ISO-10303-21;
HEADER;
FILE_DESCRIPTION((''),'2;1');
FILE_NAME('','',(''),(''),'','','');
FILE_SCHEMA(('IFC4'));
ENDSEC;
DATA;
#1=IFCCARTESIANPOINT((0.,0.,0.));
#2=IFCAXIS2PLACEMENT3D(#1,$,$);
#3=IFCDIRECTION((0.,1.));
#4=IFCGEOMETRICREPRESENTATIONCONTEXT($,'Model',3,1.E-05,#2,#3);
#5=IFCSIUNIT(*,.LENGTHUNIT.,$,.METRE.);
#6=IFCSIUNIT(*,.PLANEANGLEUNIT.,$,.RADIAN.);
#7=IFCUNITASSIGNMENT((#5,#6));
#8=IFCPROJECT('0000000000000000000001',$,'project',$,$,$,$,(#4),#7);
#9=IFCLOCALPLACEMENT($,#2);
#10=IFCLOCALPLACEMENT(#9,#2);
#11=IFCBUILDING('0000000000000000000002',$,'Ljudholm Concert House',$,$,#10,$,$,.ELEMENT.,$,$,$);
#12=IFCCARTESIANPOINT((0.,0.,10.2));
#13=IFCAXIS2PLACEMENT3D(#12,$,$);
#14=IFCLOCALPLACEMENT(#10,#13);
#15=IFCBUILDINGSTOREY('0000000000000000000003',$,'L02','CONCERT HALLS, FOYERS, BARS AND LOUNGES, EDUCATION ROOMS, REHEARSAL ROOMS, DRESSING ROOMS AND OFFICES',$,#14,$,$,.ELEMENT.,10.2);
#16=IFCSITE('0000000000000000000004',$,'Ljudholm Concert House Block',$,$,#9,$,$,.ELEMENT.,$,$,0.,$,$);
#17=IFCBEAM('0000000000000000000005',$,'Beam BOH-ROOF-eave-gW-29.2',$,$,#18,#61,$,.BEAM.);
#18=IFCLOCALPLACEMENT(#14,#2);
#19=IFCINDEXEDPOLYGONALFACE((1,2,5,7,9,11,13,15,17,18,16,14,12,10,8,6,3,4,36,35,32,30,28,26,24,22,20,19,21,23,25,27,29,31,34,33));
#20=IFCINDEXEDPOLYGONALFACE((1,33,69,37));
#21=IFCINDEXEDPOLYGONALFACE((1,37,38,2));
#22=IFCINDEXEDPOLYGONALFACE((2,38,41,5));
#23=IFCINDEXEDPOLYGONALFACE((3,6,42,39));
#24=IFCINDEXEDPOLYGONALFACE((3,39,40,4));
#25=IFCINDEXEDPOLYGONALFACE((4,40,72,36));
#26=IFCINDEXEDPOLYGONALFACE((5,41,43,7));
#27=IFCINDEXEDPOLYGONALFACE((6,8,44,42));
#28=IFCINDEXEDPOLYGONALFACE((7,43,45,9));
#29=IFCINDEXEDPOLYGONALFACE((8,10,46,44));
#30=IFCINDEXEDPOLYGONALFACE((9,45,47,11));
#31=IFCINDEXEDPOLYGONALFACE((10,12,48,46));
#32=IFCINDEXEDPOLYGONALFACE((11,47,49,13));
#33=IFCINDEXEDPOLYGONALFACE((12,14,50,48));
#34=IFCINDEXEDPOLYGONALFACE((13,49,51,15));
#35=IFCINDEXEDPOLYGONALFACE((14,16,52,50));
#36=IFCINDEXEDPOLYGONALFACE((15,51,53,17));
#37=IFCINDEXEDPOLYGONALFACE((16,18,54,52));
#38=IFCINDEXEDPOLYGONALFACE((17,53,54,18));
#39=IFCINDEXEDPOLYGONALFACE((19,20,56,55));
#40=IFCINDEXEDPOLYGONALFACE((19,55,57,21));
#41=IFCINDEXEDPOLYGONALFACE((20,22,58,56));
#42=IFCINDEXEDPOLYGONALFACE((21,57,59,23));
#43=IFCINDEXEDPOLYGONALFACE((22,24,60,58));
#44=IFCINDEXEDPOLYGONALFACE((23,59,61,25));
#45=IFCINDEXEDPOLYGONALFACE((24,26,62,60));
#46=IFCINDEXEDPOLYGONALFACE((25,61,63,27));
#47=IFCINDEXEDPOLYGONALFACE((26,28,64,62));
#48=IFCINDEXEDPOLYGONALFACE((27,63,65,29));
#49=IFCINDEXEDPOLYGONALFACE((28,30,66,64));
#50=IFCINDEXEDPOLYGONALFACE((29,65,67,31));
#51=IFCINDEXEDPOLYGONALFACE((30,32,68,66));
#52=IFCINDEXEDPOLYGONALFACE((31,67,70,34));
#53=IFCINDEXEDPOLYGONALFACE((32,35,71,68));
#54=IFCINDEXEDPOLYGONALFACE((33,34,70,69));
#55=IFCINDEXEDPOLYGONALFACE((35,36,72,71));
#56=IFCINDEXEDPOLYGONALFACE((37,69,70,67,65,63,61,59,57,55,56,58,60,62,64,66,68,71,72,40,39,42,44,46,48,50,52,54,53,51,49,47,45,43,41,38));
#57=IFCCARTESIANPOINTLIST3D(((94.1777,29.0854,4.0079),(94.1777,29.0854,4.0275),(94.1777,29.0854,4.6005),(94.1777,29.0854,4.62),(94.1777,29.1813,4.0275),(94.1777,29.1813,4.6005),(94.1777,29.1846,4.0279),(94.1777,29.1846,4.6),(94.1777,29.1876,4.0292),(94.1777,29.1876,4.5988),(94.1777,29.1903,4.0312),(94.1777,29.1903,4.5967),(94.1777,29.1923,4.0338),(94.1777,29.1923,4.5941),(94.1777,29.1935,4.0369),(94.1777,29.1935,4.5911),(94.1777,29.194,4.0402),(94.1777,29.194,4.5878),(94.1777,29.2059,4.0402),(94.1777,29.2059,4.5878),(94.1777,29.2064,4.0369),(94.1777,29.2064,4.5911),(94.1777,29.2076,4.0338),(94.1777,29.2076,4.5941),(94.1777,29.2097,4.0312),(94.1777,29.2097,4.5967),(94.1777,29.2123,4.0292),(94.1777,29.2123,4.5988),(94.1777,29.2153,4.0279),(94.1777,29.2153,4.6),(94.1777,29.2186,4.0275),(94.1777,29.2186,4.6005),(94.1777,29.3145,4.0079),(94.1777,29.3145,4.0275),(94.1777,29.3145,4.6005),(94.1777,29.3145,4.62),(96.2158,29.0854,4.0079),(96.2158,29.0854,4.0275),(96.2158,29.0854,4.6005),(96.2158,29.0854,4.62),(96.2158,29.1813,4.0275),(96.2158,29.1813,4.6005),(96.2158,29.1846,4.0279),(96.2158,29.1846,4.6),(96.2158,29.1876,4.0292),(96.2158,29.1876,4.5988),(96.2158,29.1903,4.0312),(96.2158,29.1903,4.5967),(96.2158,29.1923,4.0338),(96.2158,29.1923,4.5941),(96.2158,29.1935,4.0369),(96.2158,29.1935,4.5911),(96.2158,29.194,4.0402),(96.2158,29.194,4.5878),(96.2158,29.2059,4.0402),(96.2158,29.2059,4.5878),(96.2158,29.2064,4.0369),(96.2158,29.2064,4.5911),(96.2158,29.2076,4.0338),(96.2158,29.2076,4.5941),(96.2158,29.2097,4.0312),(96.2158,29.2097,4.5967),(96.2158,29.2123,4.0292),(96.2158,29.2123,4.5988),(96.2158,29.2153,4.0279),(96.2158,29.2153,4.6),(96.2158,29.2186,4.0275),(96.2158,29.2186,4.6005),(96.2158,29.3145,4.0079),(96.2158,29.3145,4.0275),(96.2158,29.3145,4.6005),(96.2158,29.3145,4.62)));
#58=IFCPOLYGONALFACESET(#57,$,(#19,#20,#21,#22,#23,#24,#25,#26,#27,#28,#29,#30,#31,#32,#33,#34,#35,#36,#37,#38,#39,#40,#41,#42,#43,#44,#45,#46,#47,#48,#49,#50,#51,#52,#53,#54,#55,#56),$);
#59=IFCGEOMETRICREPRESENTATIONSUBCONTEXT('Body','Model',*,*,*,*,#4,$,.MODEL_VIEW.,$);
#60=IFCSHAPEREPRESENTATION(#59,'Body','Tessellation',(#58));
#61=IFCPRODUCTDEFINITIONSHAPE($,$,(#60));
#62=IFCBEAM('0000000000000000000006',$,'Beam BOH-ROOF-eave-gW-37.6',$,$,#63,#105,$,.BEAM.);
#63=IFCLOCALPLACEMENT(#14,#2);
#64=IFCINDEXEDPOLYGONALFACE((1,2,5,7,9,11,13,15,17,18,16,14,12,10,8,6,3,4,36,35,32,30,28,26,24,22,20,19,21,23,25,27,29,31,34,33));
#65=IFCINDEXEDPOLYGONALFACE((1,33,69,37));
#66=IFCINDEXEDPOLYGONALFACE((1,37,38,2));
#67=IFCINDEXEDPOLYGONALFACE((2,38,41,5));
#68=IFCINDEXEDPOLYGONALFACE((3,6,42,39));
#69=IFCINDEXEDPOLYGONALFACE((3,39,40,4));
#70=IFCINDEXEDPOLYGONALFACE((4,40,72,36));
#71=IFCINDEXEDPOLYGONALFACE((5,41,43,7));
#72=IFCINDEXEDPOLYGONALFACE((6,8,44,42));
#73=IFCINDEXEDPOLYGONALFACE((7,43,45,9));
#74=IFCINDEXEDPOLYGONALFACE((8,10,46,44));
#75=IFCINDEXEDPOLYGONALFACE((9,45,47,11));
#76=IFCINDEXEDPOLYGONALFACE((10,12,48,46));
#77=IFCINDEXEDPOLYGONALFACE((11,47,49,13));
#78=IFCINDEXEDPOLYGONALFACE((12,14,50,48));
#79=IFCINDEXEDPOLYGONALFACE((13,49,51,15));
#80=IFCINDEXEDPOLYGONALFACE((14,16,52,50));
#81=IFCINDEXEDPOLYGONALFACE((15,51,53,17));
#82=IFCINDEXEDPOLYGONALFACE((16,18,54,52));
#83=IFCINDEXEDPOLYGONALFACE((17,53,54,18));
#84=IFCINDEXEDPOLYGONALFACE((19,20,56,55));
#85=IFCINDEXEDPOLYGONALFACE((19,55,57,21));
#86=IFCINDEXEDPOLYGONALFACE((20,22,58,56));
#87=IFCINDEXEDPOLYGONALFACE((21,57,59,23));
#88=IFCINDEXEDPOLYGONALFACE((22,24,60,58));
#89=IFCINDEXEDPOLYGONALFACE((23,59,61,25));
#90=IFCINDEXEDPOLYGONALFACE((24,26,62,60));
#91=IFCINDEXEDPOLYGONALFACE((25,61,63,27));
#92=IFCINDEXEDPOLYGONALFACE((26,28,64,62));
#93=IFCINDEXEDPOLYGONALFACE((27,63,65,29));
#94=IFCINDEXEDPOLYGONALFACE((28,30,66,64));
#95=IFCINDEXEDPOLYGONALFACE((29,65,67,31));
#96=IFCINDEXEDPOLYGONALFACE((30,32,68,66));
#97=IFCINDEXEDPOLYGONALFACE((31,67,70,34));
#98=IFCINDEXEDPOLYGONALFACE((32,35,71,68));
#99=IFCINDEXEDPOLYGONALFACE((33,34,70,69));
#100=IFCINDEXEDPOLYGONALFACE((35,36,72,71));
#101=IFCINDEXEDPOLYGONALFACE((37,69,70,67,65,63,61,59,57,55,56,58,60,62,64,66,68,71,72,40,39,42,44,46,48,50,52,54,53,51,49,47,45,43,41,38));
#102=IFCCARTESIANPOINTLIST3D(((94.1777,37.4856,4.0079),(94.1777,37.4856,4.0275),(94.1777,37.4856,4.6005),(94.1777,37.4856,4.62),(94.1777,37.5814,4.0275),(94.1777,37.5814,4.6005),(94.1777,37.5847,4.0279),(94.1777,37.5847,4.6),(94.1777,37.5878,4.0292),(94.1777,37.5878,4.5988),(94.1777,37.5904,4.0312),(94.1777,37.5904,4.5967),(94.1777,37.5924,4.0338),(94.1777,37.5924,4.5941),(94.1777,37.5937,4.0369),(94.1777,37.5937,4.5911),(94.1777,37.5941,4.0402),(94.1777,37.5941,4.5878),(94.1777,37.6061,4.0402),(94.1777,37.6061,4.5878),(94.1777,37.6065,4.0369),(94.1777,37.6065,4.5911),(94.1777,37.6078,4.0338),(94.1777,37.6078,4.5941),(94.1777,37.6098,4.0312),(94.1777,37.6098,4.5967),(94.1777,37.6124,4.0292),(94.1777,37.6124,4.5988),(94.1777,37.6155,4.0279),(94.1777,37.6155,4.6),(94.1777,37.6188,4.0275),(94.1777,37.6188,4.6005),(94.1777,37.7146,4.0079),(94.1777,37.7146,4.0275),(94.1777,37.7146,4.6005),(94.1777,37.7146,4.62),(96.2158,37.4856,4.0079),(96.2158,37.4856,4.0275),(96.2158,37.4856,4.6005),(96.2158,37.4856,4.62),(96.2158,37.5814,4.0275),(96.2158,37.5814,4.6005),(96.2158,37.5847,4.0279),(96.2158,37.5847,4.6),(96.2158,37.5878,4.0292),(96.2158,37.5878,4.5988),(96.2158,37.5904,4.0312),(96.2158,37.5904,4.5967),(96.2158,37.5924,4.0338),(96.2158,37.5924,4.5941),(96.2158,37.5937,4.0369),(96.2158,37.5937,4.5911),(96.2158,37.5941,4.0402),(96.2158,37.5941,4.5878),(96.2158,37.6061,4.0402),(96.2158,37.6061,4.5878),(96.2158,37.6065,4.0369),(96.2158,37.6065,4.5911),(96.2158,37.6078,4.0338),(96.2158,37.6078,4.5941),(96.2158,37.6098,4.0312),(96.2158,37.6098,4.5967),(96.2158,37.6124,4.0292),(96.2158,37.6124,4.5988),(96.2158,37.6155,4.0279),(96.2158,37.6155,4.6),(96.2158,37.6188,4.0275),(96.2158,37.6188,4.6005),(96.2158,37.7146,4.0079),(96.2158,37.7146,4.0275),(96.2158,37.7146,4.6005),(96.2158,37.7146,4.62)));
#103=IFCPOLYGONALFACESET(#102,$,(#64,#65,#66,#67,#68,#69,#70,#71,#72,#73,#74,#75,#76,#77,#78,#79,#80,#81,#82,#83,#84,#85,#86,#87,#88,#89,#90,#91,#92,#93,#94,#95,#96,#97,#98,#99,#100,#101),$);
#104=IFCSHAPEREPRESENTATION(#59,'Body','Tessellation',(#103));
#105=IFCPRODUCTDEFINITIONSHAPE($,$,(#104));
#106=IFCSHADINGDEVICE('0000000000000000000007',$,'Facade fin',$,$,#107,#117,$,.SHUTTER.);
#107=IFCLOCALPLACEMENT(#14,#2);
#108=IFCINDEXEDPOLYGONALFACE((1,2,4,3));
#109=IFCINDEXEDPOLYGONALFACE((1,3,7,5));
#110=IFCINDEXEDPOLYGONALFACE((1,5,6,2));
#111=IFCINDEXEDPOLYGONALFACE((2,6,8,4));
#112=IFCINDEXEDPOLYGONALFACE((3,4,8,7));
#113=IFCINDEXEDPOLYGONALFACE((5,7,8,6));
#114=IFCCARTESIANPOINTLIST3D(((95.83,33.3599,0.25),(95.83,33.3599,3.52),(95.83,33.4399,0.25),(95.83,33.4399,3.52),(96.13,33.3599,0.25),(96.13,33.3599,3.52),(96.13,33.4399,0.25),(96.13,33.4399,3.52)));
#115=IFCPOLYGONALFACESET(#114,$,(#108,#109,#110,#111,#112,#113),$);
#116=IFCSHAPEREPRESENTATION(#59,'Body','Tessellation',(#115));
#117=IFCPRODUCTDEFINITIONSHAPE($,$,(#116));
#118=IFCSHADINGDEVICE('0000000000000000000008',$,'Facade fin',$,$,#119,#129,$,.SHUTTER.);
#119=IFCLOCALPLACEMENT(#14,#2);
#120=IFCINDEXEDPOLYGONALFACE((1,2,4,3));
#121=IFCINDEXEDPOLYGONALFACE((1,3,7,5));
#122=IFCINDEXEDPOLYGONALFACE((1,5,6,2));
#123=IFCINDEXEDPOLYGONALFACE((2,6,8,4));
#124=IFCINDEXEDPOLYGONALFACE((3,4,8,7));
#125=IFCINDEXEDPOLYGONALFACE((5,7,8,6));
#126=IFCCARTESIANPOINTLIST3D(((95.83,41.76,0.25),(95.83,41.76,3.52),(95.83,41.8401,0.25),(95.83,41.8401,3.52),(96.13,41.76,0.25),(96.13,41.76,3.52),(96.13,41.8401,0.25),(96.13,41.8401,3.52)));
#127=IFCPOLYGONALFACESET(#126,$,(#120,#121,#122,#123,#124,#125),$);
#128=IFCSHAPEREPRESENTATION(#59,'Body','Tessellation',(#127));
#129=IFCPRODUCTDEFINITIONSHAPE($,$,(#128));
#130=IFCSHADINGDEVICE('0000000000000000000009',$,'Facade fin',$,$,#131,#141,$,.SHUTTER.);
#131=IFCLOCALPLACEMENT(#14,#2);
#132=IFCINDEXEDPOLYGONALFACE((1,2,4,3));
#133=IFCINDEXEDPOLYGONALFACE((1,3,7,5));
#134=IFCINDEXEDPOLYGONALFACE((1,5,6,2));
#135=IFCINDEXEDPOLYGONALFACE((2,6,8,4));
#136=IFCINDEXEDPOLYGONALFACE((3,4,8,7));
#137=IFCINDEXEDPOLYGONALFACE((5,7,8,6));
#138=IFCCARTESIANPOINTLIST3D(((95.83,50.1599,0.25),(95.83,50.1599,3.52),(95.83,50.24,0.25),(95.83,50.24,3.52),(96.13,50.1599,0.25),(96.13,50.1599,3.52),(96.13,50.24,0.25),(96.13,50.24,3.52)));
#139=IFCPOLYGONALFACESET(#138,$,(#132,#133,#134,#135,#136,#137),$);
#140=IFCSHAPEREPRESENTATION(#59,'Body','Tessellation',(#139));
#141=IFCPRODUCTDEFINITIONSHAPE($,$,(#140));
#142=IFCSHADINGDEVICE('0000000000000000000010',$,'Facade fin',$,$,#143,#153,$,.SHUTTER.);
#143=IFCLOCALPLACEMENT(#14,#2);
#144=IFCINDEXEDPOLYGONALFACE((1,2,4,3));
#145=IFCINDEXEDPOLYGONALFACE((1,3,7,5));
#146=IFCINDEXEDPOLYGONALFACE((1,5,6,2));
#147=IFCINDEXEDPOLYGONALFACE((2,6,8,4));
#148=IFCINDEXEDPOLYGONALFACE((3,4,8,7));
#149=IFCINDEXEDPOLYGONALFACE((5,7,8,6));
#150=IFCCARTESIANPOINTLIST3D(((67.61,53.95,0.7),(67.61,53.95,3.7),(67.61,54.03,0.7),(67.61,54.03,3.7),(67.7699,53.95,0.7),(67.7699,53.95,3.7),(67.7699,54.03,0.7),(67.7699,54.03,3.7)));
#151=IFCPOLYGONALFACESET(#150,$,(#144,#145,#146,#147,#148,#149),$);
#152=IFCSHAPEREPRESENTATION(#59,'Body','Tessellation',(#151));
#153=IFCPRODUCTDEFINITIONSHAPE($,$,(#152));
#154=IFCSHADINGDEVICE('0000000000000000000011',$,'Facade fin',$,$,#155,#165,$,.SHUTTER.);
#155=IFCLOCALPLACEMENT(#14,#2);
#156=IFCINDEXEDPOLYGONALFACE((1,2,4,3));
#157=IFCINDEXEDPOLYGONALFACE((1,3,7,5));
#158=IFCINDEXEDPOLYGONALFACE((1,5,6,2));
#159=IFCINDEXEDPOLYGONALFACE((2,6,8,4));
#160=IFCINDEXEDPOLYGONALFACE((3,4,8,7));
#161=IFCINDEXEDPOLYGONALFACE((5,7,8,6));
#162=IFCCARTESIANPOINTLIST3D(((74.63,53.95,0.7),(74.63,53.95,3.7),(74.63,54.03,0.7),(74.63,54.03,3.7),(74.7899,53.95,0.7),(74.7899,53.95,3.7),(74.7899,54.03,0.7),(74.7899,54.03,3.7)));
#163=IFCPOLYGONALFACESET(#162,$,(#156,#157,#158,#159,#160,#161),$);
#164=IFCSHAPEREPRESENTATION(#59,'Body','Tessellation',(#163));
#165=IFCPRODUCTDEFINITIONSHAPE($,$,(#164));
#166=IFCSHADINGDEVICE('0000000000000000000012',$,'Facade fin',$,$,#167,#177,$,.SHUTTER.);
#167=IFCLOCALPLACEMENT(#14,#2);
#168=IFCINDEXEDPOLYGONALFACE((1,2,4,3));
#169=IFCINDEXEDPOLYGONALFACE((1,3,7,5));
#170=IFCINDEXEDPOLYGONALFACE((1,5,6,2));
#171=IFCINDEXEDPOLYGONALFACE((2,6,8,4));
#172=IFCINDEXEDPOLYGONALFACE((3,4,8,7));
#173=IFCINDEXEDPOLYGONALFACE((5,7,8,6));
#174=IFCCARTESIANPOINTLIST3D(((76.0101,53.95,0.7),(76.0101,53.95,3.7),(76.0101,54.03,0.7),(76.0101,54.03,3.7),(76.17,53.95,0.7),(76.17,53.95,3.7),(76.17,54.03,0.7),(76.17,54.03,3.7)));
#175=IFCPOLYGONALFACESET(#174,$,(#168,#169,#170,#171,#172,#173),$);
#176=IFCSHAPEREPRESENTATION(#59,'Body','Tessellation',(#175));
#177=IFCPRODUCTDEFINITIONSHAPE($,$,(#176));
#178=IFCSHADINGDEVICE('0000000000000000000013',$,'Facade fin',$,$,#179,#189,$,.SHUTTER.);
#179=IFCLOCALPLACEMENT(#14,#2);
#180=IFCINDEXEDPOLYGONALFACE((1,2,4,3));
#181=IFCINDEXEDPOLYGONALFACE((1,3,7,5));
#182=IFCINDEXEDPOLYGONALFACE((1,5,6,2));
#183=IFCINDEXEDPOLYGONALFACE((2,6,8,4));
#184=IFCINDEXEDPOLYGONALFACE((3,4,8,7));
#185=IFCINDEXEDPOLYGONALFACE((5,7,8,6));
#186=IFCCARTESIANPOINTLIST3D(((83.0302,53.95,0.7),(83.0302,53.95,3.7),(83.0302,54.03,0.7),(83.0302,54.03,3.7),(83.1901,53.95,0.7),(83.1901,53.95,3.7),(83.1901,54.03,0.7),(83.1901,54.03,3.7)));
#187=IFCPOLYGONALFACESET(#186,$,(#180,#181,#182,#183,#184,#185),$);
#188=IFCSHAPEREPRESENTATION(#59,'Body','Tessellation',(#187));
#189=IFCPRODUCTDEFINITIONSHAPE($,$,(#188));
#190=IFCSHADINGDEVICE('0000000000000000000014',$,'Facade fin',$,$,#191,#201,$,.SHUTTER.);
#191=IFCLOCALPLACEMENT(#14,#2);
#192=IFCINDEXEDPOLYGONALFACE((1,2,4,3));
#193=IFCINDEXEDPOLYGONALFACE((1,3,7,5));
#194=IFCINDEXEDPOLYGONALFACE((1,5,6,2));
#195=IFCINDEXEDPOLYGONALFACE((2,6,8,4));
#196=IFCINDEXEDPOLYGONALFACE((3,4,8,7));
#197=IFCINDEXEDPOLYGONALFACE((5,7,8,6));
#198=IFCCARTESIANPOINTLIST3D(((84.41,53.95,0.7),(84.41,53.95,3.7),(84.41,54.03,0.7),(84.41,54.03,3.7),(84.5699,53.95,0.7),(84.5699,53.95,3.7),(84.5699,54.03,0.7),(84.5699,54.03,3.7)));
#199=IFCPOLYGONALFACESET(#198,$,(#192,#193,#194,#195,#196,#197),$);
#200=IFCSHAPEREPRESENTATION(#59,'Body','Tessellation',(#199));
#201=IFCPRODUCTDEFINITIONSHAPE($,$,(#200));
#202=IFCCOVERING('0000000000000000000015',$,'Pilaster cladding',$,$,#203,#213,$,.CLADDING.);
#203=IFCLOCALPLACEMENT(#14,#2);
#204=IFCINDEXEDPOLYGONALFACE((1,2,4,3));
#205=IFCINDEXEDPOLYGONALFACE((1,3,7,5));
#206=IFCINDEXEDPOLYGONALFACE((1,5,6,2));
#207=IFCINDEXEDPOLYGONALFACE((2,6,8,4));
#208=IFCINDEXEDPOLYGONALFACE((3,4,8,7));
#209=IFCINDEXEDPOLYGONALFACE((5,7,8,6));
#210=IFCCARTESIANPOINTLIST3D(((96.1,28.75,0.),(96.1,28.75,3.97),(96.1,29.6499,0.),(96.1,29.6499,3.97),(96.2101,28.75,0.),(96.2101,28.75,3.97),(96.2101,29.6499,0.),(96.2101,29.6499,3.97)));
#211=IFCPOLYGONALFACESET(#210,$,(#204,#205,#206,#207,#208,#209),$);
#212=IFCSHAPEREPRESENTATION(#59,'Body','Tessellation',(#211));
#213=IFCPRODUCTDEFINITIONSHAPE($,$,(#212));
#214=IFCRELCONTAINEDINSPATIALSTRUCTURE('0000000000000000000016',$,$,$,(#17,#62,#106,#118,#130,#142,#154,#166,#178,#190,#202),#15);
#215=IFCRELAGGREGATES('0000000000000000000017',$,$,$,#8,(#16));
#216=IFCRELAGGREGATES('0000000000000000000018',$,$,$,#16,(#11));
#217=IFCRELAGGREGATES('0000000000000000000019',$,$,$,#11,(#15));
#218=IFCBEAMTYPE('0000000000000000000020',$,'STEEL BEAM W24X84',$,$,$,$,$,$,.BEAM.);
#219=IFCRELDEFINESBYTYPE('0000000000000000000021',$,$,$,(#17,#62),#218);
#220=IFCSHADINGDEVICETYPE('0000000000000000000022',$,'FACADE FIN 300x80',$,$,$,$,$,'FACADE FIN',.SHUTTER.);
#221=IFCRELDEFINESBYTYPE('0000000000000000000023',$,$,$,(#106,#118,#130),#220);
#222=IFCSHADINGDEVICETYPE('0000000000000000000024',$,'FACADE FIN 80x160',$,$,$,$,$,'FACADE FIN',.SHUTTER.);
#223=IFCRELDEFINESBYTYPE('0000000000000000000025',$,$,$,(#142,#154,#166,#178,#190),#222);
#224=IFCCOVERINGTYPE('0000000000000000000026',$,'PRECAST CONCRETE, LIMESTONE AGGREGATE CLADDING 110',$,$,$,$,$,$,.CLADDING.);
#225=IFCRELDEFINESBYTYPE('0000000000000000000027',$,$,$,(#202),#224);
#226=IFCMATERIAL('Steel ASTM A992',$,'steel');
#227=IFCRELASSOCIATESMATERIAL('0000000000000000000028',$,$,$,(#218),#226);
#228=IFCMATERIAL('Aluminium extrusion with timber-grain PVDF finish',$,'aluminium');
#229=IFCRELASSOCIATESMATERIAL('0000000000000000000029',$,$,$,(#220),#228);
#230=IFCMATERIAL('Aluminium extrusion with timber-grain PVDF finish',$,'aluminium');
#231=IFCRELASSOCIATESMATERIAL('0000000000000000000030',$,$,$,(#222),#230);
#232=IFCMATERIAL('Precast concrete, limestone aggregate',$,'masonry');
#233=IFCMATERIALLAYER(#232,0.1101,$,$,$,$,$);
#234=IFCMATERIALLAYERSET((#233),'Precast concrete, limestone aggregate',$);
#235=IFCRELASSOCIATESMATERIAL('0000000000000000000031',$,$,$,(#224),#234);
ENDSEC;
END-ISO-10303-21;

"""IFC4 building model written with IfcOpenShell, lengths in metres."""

from ifc_helpers import new_model, si_unit, direction, frame, origin, origin_2d, place, context, subcontext, project, spatial, rectangle, i_section, extrude, material, layer, layer_set, material_profile, profile_set, type_object, element, save


model = new_model("IFC4")

# Units and contexts
model_context = context("Model", 3, precision=1e-05, world=origin(), true_north=direction((0.0, 1.0)))
body_context = subcontext(model_context, "Body", "Model", "MODEL_VIEW")
ifc_project = project(units=[si_unit("LENGTHUNIT", "METRE"), si_unit("PLANEANGLEUNIT", "RADIAN")], contexts=[model_context])

# Site, building, storey
site_placement = place(None, origin())
site = spatial("IfcSite", under=ifc_project, at=site_placement, Name="Ljudholm Concert House Block", CompositionType="ELEMENT", RefElevation=0.0)
building_placement = place(site_placement, origin())
building = spatial("IfcBuilding", under=site, at=building_placement, Name="Ljudholm Concert House", CompositionType="ELEMENT")
storey_placement = place(building_placement, frame((0.0, 0.0, 10.2)))
storey = spatial("IfcBuildingStorey", under=building, at=storey_placement, Name="L02", Description="CONCERT HALLS, FOYERS, BARS AND LOUNGES, EDUCATION ROOMS, REHEARSAL ROOMS, DRESSING ROOMS AND OFFICES", CompositionType="ELEMENT", Elevation=10.2)

# Beams
ifc_material_1 = material(Name="Steel ASTM A992", Category="steel")
ifc_material_profile = material_profile(ifc_material_1, i_section(OverallWidth=0.229, OverallDepth=0.6121, WebThickness=0.012, FlangeThickness=0.0195, FilletRadius=0.0127, at=origin_2d()), Name="W24X84")
ifc_profile_set = profile_set([ifc_material_profile], Name="Steel ASTM A992")
beam_type = type_object("IfcBeamType", Name="STEEL BEAM W24X84", PredefinedType="BEAM", material=ifc_profile_set)
for number, where, z_axis, x_axis, name in (
    (1, (96.2158, 29.2, 4.314), (-1.0, 0.0, 0.0), (0.0, -1.0, 0.0), "Beam BOH-ROOF-eave-gW-29.2"),
    (2, (96.2158, 37.6001, 4.314), (-1.0, 0.0, 0.0), (0.0, -1.0, 0.0), "Beam BOH-ROOF-eave-gW-37.6"),
):
    element("IfcBeam", number, at=place(storey_placement, frame(where, z_axis=z_axis, x_axis=x_axis)), inside=storey, type_object=beam_type, Name=name, PredefinedType="BEAM", context=body_context, shape_type="SweptSolid", body=[
        extrude(i_section(OverallWidth=0.229, OverallDepth=0.6121, WebThickness=0.012, FlangeThickness=0.0195, FilletRadius=0.0127, at=origin_2d()), origin(), (0.0, 0.0, 1.0), 2.0381),
    ])

# Shading devices
ifc_material_2 = material(Name="Aluminium extrusion with timber-grain PVDF finish", Category="aluminium")
shading_device_type_1 = type_object("IfcShadingDeviceType", Name="FACADE FIN 300x80", ElementType="FACADE FIN", PredefinedType="SHUTTER", material=ifc_material_2)
for number, where, z_axis, x_axis, name in (
    (3, (95.98, 33.3999, 0.25), (0.0, 0.0, 1.0), (-1.0, 0.0, 0.0), "Facade fin"),
    (4, (95.98, 41.8, 0.25), (0.0, 0.0, 1.0), (-1.0, 0.0, 0.0), "Facade fin"),
    (5, (95.98, 50.2, 0.25), (0.0, 0.0, 1.0), (-1.0, 0.0, 0.0), "Facade fin"),
):
    element("IfcShadingDevice", number, at=place(storey_placement, frame(where, z_axis=z_axis, x_axis=x_axis)), inside=storey, type_object=shading_device_type_1, Name=name, PredefinedType="SHUTTER", context=body_context, shape_type="SweptSolid", body=[
        extrude(rectangle(XDim=0.3, YDim=0.0801, at=origin_2d()), origin(), (0.0, 0.0, 1.0), 3.27),
    ])
ifc_material_3 = material(Name="Aluminium extrusion with timber-grain PVDF finish", Category="aluminium")
shading_device_type_2 = type_object("IfcShadingDeviceType", Name="FACADE FIN 80x160", ElementType="FACADE FIN", PredefinedType="SHUTTER", material=ifc_material_3)
for number, where, z_axis, x_axis, name in (
    (6, (67.6899, 53.99, 0.7), (0.0, 0.0, 1.0), (0.0, -1.0, 0.0), "Facade fin"),
    (7, (74.71, 53.99, 0.7), (0.0, 0.0, 1.0), (0.0, -1.0, 0.0), "Facade fin"),
    (8, (76.0901, 53.99, 0.7), (0.0, 0.0, 1.0), (0.0, -1.0, 0.0), "Facade fin"),
    (9, (83.1101, 53.99, 0.7), (0.0, 0.0, 1.0), (0.0, -1.0, 0.0), "Facade fin"),
    (10, (84.49, 53.99, 0.7), (0.0, 0.0, 1.0), (0.0, -1.0, 0.0), "Facade fin"),
):
    element("IfcShadingDevice", number, at=place(storey_placement, frame(where, z_axis=z_axis, x_axis=x_axis)), inside=storey, type_object=shading_device_type_2, Name=name, PredefinedType="SHUTTER", context=body_context, shape_type="SweptSolid", body=[
        extrude(rectangle(XDim=0.0801, YDim=0.1599, at=origin_2d()), origin(), (0.0, 0.0, 1.0), 3.0),
    ])

# Covering
ifc_material_4 = material(Name="Precast concrete, limestone aggregate", Category="masonry")
ifc_layer = layer(ifc_material_4, 0.1101)
ifc_layer_set = layer_set([ifc_layer], Name="Precast concrete, limestone aggregate")
covering_type = type_object("IfcCoveringType", Name="PRECAST CONCRETE, LIMESTONE AGGREGATE CLADDING 110", PredefinedType="CLADDING", material=ifc_layer_set)
for number, where, z_axis, x_axis, name in (
    (11, (96.155, 29.2, 0.0), (0.0, 0.0, 1.0), (-1.0, 0.0, 0.0), "Pilaster cladding"),
):
    element("IfcCovering", number, at=place(storey_placement, frame(where, z_axis=z_axis, x_axis=x_axis)), inside=storey, type_object=covering_type, Name=name, PredefinedType="CLADDING", context=body_context, shape_type="SweptSolid", body=[
        extrude(rectangle(XDim=0.1101, YDim=0.8999, at=origin_2d()), origin(), (0.0, 0.0, 1.0), 3.97),
    ])

save(model, "model.ifc")
